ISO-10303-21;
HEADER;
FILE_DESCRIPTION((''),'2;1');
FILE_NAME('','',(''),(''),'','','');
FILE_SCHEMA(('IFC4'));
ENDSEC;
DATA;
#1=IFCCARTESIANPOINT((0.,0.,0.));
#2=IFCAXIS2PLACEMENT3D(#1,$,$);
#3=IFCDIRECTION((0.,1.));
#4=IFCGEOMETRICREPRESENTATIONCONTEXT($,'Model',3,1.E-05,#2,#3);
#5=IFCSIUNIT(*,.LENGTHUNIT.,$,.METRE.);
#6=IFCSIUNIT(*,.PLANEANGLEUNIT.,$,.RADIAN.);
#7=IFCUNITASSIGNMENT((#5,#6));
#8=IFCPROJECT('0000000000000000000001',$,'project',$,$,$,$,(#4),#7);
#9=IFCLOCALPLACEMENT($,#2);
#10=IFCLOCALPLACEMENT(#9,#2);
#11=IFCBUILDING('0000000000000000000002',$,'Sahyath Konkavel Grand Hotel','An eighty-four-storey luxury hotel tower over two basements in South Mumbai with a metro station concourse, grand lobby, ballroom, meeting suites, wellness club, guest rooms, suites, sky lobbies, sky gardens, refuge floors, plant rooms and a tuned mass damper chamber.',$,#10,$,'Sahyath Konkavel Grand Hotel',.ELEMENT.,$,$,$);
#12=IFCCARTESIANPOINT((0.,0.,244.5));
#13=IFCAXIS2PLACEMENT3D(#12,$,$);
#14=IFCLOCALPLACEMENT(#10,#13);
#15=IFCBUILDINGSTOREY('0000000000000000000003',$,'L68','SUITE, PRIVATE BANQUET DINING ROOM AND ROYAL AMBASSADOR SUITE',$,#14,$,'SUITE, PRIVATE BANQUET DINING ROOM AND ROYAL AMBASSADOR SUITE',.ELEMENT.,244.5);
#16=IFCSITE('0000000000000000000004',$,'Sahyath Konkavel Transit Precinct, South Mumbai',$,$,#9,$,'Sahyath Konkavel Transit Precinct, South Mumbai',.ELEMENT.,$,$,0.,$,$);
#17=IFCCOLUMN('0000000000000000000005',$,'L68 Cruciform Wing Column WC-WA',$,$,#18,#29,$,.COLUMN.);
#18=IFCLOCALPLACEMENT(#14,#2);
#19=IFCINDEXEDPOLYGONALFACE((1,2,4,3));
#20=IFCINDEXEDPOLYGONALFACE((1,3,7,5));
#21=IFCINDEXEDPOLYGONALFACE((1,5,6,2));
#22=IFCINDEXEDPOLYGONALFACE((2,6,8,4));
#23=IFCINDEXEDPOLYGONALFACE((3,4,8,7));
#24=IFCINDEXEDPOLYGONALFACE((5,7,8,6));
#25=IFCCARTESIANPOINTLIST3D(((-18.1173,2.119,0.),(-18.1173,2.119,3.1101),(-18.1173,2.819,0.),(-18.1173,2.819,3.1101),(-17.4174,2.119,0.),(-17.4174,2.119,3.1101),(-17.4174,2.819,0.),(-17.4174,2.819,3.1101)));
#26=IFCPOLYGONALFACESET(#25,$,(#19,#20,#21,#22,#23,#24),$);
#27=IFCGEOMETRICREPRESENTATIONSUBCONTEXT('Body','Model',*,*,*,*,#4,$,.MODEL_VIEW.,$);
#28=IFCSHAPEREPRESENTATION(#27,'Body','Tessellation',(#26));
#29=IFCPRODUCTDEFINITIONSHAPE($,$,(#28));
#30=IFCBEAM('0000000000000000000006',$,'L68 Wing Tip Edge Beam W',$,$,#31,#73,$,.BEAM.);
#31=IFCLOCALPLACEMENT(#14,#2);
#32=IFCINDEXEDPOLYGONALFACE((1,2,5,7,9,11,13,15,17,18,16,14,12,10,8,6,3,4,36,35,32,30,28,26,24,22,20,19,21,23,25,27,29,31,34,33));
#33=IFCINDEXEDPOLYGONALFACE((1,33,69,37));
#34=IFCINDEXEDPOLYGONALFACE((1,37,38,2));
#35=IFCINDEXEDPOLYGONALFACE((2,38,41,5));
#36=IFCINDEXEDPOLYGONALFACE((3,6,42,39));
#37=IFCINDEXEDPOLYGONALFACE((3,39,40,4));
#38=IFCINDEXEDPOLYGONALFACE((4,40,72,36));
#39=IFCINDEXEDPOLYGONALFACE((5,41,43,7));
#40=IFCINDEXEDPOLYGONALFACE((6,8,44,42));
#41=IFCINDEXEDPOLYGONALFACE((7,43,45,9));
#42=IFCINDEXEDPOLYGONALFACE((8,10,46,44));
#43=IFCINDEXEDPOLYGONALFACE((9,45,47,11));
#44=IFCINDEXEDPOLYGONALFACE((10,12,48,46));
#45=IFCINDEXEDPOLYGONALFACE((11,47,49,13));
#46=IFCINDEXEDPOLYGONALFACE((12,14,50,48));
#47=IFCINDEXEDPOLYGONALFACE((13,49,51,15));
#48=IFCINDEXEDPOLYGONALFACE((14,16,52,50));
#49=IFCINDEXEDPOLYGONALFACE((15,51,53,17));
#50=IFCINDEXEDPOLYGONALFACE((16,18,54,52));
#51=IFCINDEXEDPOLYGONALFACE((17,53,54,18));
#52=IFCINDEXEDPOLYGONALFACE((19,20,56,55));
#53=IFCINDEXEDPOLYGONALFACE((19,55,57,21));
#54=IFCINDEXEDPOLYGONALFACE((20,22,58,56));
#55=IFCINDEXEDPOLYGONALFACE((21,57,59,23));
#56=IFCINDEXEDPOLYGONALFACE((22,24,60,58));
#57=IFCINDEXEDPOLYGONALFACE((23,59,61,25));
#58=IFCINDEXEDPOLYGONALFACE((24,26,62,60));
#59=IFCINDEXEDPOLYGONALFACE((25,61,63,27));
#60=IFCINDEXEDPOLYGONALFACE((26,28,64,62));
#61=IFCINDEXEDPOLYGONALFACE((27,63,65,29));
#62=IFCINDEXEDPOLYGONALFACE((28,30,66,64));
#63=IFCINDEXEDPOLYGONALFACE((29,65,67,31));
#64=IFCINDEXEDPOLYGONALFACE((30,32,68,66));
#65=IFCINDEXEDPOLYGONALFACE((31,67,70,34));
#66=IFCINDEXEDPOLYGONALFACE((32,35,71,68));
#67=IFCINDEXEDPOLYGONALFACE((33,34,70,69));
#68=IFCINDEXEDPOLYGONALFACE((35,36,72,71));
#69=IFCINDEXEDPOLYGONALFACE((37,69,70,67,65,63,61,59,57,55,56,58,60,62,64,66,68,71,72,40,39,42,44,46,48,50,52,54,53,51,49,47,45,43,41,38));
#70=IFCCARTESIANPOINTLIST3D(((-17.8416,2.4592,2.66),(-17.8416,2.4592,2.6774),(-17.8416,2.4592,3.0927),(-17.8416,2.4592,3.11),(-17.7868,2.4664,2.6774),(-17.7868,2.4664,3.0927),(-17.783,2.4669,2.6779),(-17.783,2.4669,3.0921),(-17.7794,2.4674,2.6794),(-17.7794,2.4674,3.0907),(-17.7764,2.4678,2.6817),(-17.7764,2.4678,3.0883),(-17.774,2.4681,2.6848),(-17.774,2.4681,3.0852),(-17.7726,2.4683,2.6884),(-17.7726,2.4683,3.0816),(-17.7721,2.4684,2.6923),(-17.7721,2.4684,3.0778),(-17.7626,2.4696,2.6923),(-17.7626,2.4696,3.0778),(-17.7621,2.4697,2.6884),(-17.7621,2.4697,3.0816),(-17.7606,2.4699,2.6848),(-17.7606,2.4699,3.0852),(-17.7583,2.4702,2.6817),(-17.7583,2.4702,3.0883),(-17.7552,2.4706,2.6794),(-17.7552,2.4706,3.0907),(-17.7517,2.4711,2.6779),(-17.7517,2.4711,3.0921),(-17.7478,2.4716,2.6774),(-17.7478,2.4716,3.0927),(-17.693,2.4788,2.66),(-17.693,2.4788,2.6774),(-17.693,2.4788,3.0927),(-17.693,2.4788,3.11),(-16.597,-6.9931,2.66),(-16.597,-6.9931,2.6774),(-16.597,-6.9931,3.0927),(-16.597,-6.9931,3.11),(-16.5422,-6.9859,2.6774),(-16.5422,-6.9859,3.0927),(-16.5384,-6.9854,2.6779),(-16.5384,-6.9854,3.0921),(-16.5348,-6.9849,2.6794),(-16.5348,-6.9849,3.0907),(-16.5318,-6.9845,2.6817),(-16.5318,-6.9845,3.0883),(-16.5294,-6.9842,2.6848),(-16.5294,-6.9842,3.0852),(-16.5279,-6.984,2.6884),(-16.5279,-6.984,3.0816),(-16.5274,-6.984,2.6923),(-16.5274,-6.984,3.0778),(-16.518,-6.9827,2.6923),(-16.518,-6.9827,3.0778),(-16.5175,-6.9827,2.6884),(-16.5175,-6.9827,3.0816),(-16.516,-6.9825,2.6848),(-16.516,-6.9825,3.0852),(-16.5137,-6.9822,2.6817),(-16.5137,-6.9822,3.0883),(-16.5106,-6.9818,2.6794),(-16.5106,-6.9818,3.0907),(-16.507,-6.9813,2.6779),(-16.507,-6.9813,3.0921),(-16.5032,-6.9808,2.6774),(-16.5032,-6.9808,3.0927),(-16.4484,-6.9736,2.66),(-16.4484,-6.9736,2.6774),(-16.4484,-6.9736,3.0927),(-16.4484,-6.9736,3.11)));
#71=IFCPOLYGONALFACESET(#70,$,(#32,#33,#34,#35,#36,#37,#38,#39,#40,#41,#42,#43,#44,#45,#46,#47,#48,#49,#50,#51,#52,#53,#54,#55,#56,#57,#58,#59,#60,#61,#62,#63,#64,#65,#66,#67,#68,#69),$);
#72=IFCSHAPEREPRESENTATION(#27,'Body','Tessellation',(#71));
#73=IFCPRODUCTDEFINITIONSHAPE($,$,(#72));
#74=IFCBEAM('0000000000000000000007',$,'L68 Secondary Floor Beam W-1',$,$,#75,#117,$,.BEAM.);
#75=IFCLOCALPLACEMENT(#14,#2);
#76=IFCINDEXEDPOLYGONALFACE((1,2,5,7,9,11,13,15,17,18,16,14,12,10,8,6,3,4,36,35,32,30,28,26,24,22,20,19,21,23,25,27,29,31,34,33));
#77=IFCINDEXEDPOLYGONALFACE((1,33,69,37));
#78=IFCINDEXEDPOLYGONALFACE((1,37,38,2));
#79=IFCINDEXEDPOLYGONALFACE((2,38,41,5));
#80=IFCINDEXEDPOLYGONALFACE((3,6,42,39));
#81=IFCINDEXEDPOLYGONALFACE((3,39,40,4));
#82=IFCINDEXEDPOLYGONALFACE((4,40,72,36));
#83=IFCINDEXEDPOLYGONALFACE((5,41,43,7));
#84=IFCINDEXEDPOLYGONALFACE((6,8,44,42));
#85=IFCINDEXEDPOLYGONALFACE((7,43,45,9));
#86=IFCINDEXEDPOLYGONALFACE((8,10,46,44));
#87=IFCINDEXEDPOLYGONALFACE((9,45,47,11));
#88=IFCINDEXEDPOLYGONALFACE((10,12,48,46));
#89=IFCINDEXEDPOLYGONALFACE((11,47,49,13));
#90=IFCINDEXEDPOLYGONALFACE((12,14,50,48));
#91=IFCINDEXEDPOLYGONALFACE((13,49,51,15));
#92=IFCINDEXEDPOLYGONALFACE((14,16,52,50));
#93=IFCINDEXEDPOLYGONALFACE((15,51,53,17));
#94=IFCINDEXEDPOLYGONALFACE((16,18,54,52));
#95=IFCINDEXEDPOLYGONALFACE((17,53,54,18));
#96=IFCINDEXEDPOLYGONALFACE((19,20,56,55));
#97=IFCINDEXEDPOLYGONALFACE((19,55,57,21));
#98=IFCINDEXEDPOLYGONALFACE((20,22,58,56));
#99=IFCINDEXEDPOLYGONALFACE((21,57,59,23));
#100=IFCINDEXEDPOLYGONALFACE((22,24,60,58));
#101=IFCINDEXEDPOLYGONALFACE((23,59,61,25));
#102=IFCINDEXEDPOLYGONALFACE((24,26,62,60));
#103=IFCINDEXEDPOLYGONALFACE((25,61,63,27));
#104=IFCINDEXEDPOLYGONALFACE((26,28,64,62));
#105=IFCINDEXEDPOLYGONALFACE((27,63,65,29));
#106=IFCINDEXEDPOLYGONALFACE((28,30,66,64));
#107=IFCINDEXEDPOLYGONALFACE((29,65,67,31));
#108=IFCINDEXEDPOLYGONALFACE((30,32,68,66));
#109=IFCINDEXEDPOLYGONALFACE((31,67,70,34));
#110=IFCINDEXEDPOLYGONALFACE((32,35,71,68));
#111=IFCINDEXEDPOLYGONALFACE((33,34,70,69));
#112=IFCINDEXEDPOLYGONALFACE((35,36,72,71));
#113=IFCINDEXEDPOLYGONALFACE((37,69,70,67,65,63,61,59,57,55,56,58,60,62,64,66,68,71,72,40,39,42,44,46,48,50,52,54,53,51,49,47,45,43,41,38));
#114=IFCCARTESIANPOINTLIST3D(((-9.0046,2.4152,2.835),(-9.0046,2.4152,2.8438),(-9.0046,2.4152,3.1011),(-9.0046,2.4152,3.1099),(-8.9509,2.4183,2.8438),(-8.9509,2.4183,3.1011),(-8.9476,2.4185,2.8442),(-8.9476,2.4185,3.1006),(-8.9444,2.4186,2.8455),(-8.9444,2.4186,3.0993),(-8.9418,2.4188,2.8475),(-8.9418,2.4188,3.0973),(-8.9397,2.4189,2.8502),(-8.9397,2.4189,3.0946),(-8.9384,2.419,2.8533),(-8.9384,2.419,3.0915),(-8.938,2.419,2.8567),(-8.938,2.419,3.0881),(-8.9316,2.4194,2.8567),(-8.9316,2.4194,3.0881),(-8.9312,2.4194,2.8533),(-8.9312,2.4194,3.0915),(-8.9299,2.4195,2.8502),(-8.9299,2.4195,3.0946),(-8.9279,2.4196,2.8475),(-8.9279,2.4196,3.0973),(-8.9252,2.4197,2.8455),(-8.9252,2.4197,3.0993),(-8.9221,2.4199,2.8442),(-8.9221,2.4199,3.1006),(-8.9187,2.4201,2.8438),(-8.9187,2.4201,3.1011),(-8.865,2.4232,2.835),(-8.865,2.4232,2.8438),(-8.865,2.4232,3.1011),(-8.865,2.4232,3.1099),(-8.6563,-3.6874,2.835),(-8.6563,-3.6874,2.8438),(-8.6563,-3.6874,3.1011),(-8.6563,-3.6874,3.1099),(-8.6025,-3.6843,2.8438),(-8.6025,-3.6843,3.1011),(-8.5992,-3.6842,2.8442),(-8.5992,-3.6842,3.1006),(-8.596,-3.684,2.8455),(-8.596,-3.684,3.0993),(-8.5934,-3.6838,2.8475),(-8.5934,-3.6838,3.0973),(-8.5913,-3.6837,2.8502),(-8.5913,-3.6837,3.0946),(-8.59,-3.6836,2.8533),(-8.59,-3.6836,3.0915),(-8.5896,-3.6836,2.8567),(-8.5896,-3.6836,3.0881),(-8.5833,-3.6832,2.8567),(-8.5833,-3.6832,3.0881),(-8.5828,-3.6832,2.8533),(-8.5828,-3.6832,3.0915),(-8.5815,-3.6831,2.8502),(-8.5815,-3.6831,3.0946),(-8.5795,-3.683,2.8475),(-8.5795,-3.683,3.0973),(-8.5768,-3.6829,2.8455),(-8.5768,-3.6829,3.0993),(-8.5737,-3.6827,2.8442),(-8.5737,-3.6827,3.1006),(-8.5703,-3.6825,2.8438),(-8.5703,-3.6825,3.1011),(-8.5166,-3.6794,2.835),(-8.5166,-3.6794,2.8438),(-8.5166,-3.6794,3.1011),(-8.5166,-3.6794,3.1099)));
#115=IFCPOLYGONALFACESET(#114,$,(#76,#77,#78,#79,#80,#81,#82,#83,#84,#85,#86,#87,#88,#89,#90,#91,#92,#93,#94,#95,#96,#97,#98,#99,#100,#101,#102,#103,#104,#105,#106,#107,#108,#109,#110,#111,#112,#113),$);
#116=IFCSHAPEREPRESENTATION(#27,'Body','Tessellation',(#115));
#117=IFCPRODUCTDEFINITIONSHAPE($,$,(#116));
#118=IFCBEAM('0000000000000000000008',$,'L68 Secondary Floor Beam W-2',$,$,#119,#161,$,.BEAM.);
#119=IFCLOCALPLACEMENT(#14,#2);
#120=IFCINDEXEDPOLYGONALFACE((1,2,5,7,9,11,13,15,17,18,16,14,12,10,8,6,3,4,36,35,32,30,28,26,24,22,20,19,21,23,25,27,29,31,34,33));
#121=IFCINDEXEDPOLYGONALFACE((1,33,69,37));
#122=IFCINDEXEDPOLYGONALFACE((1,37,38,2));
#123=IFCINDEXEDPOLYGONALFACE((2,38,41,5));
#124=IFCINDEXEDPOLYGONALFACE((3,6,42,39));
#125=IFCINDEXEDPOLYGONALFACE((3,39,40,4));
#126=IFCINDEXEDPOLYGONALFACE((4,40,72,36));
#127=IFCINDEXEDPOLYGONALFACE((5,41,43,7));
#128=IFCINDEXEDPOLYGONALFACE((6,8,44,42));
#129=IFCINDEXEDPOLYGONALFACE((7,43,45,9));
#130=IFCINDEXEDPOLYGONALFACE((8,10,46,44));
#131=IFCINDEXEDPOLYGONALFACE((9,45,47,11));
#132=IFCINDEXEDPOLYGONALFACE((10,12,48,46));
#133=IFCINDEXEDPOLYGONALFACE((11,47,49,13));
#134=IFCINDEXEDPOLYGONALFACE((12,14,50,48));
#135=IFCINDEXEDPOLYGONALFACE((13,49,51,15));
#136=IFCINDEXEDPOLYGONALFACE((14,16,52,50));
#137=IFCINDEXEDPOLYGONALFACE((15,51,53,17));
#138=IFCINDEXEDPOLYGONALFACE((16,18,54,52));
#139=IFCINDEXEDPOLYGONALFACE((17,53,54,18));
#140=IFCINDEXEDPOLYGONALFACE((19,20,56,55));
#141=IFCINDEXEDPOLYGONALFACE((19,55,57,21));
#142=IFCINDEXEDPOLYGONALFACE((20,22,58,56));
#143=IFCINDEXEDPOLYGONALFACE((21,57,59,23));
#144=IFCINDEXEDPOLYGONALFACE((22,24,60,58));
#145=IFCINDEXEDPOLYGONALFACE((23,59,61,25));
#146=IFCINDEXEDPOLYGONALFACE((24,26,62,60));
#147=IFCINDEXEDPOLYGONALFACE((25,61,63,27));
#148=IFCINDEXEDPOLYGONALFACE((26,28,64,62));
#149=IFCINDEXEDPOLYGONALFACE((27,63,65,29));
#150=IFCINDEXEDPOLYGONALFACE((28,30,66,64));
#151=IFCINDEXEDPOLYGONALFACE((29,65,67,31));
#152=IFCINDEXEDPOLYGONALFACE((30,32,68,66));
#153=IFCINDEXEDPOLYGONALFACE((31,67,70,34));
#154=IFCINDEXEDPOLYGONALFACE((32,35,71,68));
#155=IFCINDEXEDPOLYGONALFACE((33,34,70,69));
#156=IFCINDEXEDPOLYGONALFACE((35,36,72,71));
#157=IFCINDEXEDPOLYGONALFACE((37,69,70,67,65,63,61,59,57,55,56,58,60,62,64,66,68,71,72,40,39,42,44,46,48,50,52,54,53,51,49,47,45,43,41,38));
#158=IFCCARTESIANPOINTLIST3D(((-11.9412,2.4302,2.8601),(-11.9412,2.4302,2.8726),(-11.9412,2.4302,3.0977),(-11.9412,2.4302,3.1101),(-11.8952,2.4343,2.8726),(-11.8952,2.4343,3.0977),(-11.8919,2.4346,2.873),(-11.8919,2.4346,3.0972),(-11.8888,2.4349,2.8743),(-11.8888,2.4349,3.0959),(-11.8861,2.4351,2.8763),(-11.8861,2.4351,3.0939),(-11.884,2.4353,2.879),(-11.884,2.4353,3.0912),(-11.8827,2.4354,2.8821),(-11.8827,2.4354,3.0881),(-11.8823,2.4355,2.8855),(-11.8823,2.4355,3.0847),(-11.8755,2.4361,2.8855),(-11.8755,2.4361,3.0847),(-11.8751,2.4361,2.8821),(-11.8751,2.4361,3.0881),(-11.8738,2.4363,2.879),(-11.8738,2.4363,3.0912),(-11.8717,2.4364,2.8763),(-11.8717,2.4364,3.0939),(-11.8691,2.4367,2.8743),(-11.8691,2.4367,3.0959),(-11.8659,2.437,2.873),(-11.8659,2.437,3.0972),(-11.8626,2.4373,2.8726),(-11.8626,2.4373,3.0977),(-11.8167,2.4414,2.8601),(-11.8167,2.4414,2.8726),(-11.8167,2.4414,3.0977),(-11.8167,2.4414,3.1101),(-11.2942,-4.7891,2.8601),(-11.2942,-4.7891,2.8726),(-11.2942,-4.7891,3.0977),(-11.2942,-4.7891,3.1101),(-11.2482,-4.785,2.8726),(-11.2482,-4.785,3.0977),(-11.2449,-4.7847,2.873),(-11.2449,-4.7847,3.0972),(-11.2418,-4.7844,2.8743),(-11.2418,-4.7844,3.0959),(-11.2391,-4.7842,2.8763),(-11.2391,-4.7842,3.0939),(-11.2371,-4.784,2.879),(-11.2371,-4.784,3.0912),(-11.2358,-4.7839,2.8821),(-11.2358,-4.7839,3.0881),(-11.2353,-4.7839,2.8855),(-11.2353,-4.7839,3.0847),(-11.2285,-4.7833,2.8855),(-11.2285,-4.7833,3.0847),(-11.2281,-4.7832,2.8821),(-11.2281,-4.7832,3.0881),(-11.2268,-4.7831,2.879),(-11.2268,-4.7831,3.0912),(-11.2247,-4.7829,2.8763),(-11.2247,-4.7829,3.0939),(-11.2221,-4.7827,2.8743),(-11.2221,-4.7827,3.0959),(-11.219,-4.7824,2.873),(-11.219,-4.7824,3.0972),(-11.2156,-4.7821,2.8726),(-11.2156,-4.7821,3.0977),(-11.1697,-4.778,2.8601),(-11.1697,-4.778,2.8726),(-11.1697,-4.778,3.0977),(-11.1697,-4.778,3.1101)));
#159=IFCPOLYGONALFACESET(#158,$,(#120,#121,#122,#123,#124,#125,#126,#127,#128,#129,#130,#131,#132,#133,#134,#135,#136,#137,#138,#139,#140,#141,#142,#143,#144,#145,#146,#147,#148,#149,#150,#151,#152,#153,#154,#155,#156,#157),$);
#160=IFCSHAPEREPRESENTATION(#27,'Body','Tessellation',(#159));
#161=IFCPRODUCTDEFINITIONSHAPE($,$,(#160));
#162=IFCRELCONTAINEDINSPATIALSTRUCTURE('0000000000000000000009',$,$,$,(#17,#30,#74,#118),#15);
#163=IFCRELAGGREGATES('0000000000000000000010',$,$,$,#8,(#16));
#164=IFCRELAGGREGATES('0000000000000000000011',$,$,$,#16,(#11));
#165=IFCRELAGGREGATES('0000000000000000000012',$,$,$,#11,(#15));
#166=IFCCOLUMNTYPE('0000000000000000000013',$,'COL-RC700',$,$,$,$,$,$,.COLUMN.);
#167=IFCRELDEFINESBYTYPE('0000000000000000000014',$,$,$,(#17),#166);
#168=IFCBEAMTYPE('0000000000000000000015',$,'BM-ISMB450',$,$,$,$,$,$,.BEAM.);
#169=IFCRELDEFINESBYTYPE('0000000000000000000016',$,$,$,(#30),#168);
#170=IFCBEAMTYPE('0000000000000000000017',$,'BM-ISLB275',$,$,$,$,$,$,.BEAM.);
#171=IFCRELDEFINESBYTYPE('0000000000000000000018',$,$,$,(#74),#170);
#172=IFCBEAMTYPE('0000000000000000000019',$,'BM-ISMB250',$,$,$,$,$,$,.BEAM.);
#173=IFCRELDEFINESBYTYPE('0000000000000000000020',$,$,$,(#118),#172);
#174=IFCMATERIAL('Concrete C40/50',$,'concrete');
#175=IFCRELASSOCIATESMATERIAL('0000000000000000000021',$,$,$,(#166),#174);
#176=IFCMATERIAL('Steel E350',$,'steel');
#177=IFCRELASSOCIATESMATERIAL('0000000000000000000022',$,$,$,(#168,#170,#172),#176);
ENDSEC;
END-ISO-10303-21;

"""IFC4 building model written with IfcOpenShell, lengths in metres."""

from ifc_helpers import new_model, si_unit, direction, frame, origin, origin_2d, place, context, subcontext, project, spatial, rectangle, i_section, extrude, source, transform, mapped, material, material_profile, profile_set, type_object, element, save


model = new_model("IFC4")

# Units and contexts
model_context = context("Model", 3, precision=1e-05, world=origin(), true_north=direction((0.0, 1.0)))
body_context = subcontext(model_context, "Body", "Model", "MODEL_VIEW")
ifc_project = project(units=[si_unit("LENGTHUNIT", "METRE"), si_unit("PLANEANGLEUNIT", "RADIAN")], contexts=[model_context])

# Site, building, storey
site_placement = place(None, origin())
site = spatial("IfcSite", under=ifc_project, at=site_placement, Name="Sahyath Konkavel Transit Precinct, South Mumbai", LongName="Sahyath Konkavel Transit Precinct, South Mumbai", CompositionType="ELEMENT", RefElevation=0.0)
building_placement = place(site_placement, origin())
building = spatial("IfcBuilding", under=site, at=building_placement, Name="Sahyath Konkavel Grand Hotel", Description="An eighty-four-storey luxury hotel tower over two basements in South Mumbai with a metro station concourse, grand lobby, ballroom, meeting suites, wellness club, guest rooms, suites, sky lobbies, sky gardens, refuge floors, plant rooms and a tuned mass damper chamber.", LongName="Sahyath Konkavel Grand Hotel", CompositionType="ELEMENT")
storey_placement = place(building_placement, frame((0.0, 0.0, 244.5)))
storey = spatial("IfcBuildingStorey", under=building, at=storey_placement, Name="L68", Description="SUITE, PRIVATE BANQUET DINING ROOM AND ROYAL AMBASSADOR SUITE", LongName="SUITE, PRIVATE BANQUET DINING ROOM AND ROYAL AMBASSADOR SUITE", CompositionType="ELEMENT", Elevation=244.5)

# Column
ifc_material_1 = material(Name="Concrete C40/50", Category="concrete")
ifc_material_profile_1 = material_profile(ifc_material_1, rectangle(XDim=0.7, YDim=0.7, at=origin_2d()), Name="RC 700x700")
ifc_profile_set_1 = profile_set([ifc_material_profile_1], Name="Concrete C40/50")
column_type = type_object("IfcColumnType", Name="COL-RC700", PredefinedType="COLUMN", material=ifc_profile_set_1)
shared_shape_1 = source(origin(), body_context, "Body", "SweptSolid", [
    extrude(rectangle(XDim=0.7, YDim=0.7, at=origin_2d()), origin(), (0.0, 0.0, 1.0), 3.1101),
])
column_placement = place(storey_placement, frame((-17.7673, 2.469, 0.0), z_axis=(0.0, 0.0, 1.0), x_axis=(1.0, 0.0, 0.0)))
element("IfcColumn", 1, at=column_placement, inside=storey, type_object=column_type, Name="L68 Cruciform Wing Column WC-WA", PredefinedType="COLUMN", context=body_context, shape_type="MappedRepresentation", body=[
    mapped(shared_shape_1, transform((0.0, 0.0, 0.0), scale=1.0)),
])

# Beams
ifc_material_2 = material(Name="Steel E350", Category="steel")
ifc_material_profile_2 = material_profile(ifc_material_2, i_section(OverallWidth=0.1499, OverallDepth=0.45, WebThickness=0.0095, FlangeThickness=0.0173, FilletRadius=0.0149, at=origin_2d()), Name="ISMB 450")
ifc_profile_set_2 = profile_set([ifc_material_profile_2], Name="Steel E350")
beam_type_1 = type_object("IfcBeamType", Name="BM-ISMB450", PredefinedType="BEAM", material=ifc_profile_set_2)
shared_shape_2 = source(origin(), body_context, "Body", "SweptSolid", [
    extrude(i_section(OverallWidth=0.1499, OverallDepth=0.45, WebThickness=0.0095, FlangeThickness=0.0173, FilletRadius=0.0149, at=origin_2d()), origin(), (0.0, 0.0, 1.0), 9.5339),
])
beam_1_placement = place(storey_placement, frame((-17.7673, 2.469, 2.885), z_axis=(0.130547, -0.991442, 0.0), x_axis=(0.991442, 0.130547, 0.0)))
element("IfcBeam", 2, at=beam_1_placement, inside=storey, type_object=beam_type_1, Name="L68 Wing Tip Edge Beam W", PredefinedType="BEAM", context=body_context, shape_type="MappedRepresentation", body=[
    mapped(shared_shape_2, transform((0.0, 0.0, 0.0), scale=1.0)),
])
ifc_material_profile_3 = material_profile(ifc_material_2, i_section(OverallWidth=0.1399, OverallDepth=0.2749, WebThickness=0.0063, FlangeThickness=0.0088, FilletRadius=0.0129, at=origin_2d()), Name="ISLB 275")
ifc_profile_set_3 = profile_set([ifc_material_profile_3], Name="Steel E350")
beam_type_2 = type_object("IfcBeamType", Name="BM-ISLB275", PredefinedType="BEAM", material=ifc_profile_set_3)
shared_shape_3 = source(origin(), body_context, "Body", "SweptSolid", [
    extrude(i_section(OverallWidth=0.1399, OverallDepth=0.2749, WebThickness=0.0063, FlangeThickness=0.0088, FilletRadius=0.0129, at=origin_2d()), origin(), (0.0, 0.0, 1.0), 6.1125),
])
beam_2_placement = place(storey_placement, frame((-8.9348, 2.4192, 2.9724), z_axis=(0.056996, -0.998374, 0.0), x_axis=(0.998374, 0.056996, 0.0)))
element("IfcBeam", 3, at=beam_2_placement, inside=storey, type_object=beam_type_2, Name="L68 Secondary Floor Beam W-1", PredefinedType="BEAM", context=body_context, shape_type="MappedRepresentation", body=[
    mapped(shared_shape_3, transform((0.0, 0.0, 0.0), scale=1.0)),
])
ifc_material_profile_4 = material_profile(ifc_material_2, i_section(OverallWidth=0.125, OverallDepth=0.25, WebThickness=0.0068, FlangeThickness=0.0125, FilletRadius=0.0129, at=origin_2d()), Name="ISMB 250")
ifc_profile_set_4 = profile_set([ifc_material_profile_4], Name="Steel E350")
beam_type_3 = type_object("IfcBeamType", Name="BM-ISMB250", PredefinedType="BEAM", material=ifc_profile_set_4)
shared_shape_4 = source(origin(), body_context, "Body", "SweptSolid", [
    extrude(i_section(OverallWidth=0.125, OverallDepth=0.25, WebThickness=0.0068, FlangeThickness=0.0125, FilletRadius=0.0129, at=origin_2d()), origin(), (0.0, 0.0, 1.0), 7.2483),
])
beam_3_placement = place(storey_placement, frame((-11.8789, 2.4358, 2.9851), z_axis=(0.08926, -0.996008, 0.0), x_axis=(0.996008, 0.08926, 0.0)))
element("IfcBeam", 4, at=beam_3_placement, inside=storey, type_object=beam_type_3, Name="L68 Secondary Floor Beam W-2", PredefinedType="BEAM", context=body_context, shape_type="MappedRepresentation", body=[
    mapped(shared_shape_4, transform((0.0, 0.0, 0.0), scale=1.0)),
])

save(model, "model.ifc")
